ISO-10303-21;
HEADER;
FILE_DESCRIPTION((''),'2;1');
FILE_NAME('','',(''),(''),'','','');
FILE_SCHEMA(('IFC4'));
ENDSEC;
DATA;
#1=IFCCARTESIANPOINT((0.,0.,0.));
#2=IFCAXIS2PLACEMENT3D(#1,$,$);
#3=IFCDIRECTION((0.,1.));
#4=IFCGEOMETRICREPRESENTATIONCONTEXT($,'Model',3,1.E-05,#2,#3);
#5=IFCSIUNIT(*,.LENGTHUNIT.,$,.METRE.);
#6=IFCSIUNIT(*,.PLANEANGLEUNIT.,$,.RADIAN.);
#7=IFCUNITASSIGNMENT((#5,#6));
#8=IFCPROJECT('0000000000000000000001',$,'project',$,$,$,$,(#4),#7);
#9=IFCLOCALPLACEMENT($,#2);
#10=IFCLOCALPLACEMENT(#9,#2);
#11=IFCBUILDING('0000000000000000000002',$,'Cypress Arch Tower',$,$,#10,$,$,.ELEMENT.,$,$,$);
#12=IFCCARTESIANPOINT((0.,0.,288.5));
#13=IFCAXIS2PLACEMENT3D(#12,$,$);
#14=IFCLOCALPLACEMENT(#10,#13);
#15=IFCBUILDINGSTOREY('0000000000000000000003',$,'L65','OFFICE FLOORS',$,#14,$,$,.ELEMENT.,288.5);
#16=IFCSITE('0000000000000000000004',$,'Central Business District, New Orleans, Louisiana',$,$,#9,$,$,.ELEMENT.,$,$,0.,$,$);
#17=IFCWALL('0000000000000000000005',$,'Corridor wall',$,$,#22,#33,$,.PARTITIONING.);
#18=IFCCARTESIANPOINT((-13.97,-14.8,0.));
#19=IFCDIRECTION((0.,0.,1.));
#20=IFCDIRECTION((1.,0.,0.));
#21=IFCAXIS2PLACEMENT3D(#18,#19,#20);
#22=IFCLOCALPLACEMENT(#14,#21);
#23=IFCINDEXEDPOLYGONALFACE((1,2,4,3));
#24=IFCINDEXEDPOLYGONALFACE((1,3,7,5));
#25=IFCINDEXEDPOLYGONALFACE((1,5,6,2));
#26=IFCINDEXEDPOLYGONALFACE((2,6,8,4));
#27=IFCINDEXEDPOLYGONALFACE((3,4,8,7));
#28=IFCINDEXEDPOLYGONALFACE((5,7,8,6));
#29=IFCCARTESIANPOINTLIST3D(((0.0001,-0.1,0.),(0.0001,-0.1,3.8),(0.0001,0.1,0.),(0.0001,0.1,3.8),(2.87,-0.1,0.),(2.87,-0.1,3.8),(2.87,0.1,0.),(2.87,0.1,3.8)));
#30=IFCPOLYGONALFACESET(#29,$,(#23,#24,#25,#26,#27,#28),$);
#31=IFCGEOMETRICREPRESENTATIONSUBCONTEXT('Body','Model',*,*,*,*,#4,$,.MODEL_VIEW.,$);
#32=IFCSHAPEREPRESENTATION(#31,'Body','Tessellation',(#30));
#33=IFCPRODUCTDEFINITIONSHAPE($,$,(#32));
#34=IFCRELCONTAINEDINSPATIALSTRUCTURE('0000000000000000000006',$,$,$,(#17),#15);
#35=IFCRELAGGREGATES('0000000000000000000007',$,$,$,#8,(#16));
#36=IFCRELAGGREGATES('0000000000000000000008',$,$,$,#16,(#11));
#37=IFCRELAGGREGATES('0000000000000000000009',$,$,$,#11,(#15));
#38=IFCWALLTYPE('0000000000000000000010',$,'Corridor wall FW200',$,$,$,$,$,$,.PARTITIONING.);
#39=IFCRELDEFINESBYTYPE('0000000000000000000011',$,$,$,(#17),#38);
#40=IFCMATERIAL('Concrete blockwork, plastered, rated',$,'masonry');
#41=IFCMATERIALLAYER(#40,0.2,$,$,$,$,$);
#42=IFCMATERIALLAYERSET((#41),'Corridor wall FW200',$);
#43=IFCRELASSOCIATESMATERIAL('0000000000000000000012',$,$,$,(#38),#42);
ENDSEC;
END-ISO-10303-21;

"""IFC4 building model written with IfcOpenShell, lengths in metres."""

from ifc_helpers import new_model, si_unit, direction, frame, frame_2d, origin, place, context, subcontext, project, spatial, rectangle, extrude, material, layer, layer_set, type_object, element, save


model = new_model("IFC4")

# Units and contexts
model_context = context("Model", 3, precision=1e-05, world=origin(), true_north=direction((0.0, 1.0)))
body_context = subcontext(model_context, "Body", "Model", "MODEL_VIEW")
ifc_project = project(units=[si_unit("LENGTHUNIT", "METRE"), si_unit("PLANEANGLEUNIT", "RADIAN")], contexts=[model_context])

# Site, building, storey
site_placement = place(None, origin())
site = spatial("IfcSite", under=ifc_project, at=site_placement, Name="Central Business District, New Orleans, Louisiana", CompositionType="ELEMENT", RefElevation=0.0)
building_placement = place(site_placement, origin())
building = spatial("IfcBuilding", under=site, at=building_placement, Name="Cypress Arch Tower", CompositionType="ELEMENT")
storey_placement = place(building_placement, frame((0.0, 0.0, 288.5)))
storey = spatial("IfcBuildingStorey", under=building, at=storey_placement, Name="L65", Description="OFFICE FLOORS", CompositionType="ELEMENT", Elevation=288.5)

# Wall
ifc_material_1 = material(Name="Concrete blockwork, plastered, rated", Category="masonry")
ifc_layer_1 = layer(ifc_material_1, 0.2)
ifc_layer_set_1 = layer_set([ifc_layer_1], Name="Corridor wall FW200")
wall_type_1 = type_object("IfcWallType", Name="Corridor wall FW200", PredefinedType="PARTITIONING", material=ifc_layer_set_1)
wall_1_placement = place(storey_placement, frame((-13.97, -14.8, 0.0), z_axis=(0.0, 0.0, 1.0), x_axis=(1.0, 0.0, 0.0)))
element("IfcWall", 1, at=wall_1_placement, inside=storey, type_object=wall_type_1, Name="Corridor wall", PredefinedType="PARTITIONING", context=body_context, shape_type="SweptSolid", body=[
    extrude(rectangle(XDim=2.8699, YDim=0.2, at=frame_2d((1.4351, 0.0))), origin(), (0.0, 0.0, 1.0), 3.8),
])

save(model, "model.ifc")
